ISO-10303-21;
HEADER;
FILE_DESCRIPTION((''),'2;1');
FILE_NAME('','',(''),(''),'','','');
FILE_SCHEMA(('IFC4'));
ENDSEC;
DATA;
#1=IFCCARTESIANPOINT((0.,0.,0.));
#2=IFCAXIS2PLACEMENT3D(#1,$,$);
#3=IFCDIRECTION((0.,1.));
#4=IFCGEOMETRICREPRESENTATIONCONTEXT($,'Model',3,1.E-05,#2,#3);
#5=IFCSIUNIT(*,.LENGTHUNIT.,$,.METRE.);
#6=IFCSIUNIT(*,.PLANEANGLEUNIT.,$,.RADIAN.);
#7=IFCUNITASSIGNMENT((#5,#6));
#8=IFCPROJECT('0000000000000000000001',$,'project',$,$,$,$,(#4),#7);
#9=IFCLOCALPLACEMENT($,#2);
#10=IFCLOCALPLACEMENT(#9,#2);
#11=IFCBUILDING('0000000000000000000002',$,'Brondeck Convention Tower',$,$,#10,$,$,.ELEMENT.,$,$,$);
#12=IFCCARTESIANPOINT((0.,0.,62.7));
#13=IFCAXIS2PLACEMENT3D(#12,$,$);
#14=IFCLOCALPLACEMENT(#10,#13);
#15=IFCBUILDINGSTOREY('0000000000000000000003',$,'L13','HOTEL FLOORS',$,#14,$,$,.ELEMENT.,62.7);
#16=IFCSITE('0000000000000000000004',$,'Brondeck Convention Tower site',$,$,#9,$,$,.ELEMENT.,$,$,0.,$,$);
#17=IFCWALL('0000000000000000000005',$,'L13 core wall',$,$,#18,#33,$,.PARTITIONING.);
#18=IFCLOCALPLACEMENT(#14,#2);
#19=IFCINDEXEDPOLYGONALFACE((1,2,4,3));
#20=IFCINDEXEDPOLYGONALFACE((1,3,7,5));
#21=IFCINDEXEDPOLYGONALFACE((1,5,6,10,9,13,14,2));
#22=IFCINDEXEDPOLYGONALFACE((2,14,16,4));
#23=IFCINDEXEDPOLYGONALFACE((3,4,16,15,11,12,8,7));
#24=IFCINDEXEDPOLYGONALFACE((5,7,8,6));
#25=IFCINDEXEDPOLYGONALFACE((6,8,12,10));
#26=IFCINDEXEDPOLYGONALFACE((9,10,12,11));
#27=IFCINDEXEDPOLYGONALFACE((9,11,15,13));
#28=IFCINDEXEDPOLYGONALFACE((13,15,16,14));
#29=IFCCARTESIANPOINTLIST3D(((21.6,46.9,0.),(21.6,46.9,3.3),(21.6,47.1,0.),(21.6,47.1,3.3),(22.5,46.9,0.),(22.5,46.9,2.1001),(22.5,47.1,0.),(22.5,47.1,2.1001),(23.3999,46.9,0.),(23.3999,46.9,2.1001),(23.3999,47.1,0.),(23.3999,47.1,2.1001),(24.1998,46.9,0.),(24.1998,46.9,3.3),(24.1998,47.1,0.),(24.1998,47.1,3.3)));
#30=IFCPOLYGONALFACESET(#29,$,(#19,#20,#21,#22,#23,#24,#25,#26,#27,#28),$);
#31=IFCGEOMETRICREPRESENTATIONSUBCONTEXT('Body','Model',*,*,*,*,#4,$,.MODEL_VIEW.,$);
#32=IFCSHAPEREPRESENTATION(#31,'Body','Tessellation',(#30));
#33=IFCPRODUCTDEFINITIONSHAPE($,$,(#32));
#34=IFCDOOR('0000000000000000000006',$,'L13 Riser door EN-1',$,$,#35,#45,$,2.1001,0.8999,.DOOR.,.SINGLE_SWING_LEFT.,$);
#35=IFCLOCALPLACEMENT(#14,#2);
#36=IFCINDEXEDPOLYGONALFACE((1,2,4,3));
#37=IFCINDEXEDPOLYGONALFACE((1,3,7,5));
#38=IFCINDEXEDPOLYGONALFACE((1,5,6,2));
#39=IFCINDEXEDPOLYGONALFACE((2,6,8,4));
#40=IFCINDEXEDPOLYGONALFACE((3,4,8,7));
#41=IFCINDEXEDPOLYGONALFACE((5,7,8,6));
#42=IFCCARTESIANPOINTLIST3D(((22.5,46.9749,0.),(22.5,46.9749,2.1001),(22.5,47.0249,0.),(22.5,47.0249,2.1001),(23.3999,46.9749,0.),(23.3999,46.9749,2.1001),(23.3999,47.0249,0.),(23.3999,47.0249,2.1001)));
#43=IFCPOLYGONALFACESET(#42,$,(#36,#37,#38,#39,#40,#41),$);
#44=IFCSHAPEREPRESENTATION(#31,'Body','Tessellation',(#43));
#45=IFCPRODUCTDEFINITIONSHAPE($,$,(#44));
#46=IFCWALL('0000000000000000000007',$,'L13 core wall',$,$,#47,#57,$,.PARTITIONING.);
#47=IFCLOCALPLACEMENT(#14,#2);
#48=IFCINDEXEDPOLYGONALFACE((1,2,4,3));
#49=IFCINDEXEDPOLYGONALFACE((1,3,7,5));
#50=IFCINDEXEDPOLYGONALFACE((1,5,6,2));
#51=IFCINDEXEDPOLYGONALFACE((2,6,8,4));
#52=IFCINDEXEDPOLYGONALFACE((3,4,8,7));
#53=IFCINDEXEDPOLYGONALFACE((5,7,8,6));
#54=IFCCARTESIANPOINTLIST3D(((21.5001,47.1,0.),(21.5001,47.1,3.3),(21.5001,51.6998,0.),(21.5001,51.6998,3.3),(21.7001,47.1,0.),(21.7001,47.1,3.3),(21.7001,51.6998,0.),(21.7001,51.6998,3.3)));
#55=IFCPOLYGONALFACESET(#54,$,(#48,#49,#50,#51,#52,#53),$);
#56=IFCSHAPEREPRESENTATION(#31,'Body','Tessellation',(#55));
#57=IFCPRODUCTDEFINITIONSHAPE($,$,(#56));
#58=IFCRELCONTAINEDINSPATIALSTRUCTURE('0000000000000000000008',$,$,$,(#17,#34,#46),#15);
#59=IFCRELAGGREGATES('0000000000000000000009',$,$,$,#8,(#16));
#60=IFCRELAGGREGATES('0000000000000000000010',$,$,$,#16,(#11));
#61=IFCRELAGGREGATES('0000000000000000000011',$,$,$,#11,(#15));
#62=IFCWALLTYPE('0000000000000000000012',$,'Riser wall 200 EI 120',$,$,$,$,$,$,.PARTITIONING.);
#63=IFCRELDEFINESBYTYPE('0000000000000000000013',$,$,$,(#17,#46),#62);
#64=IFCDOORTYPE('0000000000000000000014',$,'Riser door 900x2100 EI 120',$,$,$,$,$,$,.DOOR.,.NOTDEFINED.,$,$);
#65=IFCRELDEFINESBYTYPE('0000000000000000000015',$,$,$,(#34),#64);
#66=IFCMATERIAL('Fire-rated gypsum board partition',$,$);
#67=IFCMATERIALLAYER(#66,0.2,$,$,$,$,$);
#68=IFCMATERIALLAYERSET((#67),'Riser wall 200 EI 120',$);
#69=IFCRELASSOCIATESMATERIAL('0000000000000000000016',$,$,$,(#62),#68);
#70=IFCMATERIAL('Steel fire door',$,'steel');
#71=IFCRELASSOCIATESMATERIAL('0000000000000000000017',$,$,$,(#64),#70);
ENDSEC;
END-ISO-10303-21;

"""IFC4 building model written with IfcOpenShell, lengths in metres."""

from ifc_helpers import new_model, si_unit, direction, frame, frame_2d, origin, place, context, subcontext, project, spatial, rectangle, extrude, material, layer, layer_set, type_object, element, fill, save


model = new_model("IFC4")

# Units and contexts
model_context = context("Model", 3, precision=1e-05, world=origin(), true_north=direction((0.0, 1.0)))
body_context = subcontext(model_context, "Body", "Model", "MODEL_VIEW")
ifc_project = project(units=[si_unit("LENGTHUNIT", "METRE"), si_unit("PLANEANGLEUNIT", "RADIAN")], contexts=[model_context])

# Site, building, storey
site_placement = place(None, origin())
site = spatial("IfcSite", under=ifc_project, at=site_placement, Name="Brondeck Convention Tower site", CompositionType="ELEMENT", RefElevation=0.0)
building_placement = place(site_placement, origin())
building = spatial("IfcBuilding", under=site, at=building_placement, Name="Brondeck Convention Tower", CompositionType="ELEMENT")
storey_placement = place(building_placement, frame((0.0, 0.0, 62.7)))
storey = spatial("IfcBuildingStorey", under=building, at=storey_placement, Name="L13", Description="HOTEL FLOORS", CompositionType="ELEMENT", Elevation=62.7)

# Shared definitions
ifc_material_1 = material(Name="Fire-rated gypsum board partition")

# Shared definitions
ifc_material_2 = material(Name="Steel fire door", Category="steel")

# Wall, opening, door
ifc_layer_1 = layer(ifc_material_1, 0.2)
ifc_layer_set_1 = layer_set([ifc_layer_1], Name="Riser wall 200 EI 120")
wall_type_1 = type_object("IfcWallType", Name="Riser wall 200 EI 120", PredefinedType="PARTITIONING", material=ifc_layer_set_1)
wall_1_placement = place(storey_placement, frame((21.6001, 47.0, 0.0), z_axis=(0.0, 0.0, 1.0), x_axis=(1.0, 0.0, 0.0)))
wall_1 = element("IfcWall", 1, at=wall_1_placement, inside=storey, type_object=wall_type_1, Name="L13 core wall", PredefinedType="PARTITIONING", context=body_context, shape_type="SweptSolid", body=[
    extrude(rectangle(XDim=2.5999, YDim=0.2, at=frame_2d((1.2998, 0.0))), origin(), (0.0, 0.0, 1.0), 3.3),
])
opening_1_placement = place(wall_1_placement, frame((0.8999, 0.0, 0.0)))
opening_1 = element("IfcOpeningElement", 2, at=opening_1_placement, cuts=wall_1, PredefinedType="OPENING", context=body_context, shape_type="SweptSolid", body=[
    extrude(rectangle(XDim=0.8999, YDim=2.1001, at=frame_2d((0.45, 1.05))), frame((0.0, 0.1099, 0.0), z_axis=(0.0, -1.0, 0.0), x_axis=(1.0, 0.0, 0.0)), (0.0, 0.0, 1.0), 0.22),
])
door_type_1 = type_object("IfcDoorType", Name="Riser door 900x2100 EI 120", OperationType="NOTDEFINED", PredefinedType="DOOR", material=ifc_material_2)
door_1_placement = place(opening_1_placement, origin())
door_1 = element("IfcDoor", 3, at=door_1_placement, inside=storey, type_object=door_type_1, Name="L13 Riser door EN-1", OperationType="SINGLE_SWING_LEFT", OverallHeight=2.1001, OverallWidth=0.8999, PredefinedType="DOOR", context=body_context, shape_type="SweptSolid", body=[
    extrude(rectangle(XDim=0.8999, YDim=2.1001, at=frame_2d((0.45, 1.05))), frame((0.0, 0.0249, 0.0), z_axis=(0.0, -1.0, 0.0), x_axis=(1.0, 0.0, 0.0)), (0.0, 0.0, 1.0), 0.05),
])
fill(opening_1, door_1)

# Wall
wall_2_placement = place(storey_placement, frame((21.6001, 47.1001, 0.0), z_axis=(0.0, 0.0, 1.0), x_axis=(0.0, 1.0, 0.0)))
element("IfcWall", 4, at=wall_2_placement, inside=storey, type_object=wall_type_1, Name="L13 core wall", PredefinedType="PARTITIONING", context=body_context, shape_type="SweptSolid", body=[
    extrude(rectangle(XDim=4.5999, YDim=0.2, at=frame_2d((2.2998, 0.0))), origin(), (0.0, 0.0, 1.0), 3.3),
])

save(model, "model.ifc")
